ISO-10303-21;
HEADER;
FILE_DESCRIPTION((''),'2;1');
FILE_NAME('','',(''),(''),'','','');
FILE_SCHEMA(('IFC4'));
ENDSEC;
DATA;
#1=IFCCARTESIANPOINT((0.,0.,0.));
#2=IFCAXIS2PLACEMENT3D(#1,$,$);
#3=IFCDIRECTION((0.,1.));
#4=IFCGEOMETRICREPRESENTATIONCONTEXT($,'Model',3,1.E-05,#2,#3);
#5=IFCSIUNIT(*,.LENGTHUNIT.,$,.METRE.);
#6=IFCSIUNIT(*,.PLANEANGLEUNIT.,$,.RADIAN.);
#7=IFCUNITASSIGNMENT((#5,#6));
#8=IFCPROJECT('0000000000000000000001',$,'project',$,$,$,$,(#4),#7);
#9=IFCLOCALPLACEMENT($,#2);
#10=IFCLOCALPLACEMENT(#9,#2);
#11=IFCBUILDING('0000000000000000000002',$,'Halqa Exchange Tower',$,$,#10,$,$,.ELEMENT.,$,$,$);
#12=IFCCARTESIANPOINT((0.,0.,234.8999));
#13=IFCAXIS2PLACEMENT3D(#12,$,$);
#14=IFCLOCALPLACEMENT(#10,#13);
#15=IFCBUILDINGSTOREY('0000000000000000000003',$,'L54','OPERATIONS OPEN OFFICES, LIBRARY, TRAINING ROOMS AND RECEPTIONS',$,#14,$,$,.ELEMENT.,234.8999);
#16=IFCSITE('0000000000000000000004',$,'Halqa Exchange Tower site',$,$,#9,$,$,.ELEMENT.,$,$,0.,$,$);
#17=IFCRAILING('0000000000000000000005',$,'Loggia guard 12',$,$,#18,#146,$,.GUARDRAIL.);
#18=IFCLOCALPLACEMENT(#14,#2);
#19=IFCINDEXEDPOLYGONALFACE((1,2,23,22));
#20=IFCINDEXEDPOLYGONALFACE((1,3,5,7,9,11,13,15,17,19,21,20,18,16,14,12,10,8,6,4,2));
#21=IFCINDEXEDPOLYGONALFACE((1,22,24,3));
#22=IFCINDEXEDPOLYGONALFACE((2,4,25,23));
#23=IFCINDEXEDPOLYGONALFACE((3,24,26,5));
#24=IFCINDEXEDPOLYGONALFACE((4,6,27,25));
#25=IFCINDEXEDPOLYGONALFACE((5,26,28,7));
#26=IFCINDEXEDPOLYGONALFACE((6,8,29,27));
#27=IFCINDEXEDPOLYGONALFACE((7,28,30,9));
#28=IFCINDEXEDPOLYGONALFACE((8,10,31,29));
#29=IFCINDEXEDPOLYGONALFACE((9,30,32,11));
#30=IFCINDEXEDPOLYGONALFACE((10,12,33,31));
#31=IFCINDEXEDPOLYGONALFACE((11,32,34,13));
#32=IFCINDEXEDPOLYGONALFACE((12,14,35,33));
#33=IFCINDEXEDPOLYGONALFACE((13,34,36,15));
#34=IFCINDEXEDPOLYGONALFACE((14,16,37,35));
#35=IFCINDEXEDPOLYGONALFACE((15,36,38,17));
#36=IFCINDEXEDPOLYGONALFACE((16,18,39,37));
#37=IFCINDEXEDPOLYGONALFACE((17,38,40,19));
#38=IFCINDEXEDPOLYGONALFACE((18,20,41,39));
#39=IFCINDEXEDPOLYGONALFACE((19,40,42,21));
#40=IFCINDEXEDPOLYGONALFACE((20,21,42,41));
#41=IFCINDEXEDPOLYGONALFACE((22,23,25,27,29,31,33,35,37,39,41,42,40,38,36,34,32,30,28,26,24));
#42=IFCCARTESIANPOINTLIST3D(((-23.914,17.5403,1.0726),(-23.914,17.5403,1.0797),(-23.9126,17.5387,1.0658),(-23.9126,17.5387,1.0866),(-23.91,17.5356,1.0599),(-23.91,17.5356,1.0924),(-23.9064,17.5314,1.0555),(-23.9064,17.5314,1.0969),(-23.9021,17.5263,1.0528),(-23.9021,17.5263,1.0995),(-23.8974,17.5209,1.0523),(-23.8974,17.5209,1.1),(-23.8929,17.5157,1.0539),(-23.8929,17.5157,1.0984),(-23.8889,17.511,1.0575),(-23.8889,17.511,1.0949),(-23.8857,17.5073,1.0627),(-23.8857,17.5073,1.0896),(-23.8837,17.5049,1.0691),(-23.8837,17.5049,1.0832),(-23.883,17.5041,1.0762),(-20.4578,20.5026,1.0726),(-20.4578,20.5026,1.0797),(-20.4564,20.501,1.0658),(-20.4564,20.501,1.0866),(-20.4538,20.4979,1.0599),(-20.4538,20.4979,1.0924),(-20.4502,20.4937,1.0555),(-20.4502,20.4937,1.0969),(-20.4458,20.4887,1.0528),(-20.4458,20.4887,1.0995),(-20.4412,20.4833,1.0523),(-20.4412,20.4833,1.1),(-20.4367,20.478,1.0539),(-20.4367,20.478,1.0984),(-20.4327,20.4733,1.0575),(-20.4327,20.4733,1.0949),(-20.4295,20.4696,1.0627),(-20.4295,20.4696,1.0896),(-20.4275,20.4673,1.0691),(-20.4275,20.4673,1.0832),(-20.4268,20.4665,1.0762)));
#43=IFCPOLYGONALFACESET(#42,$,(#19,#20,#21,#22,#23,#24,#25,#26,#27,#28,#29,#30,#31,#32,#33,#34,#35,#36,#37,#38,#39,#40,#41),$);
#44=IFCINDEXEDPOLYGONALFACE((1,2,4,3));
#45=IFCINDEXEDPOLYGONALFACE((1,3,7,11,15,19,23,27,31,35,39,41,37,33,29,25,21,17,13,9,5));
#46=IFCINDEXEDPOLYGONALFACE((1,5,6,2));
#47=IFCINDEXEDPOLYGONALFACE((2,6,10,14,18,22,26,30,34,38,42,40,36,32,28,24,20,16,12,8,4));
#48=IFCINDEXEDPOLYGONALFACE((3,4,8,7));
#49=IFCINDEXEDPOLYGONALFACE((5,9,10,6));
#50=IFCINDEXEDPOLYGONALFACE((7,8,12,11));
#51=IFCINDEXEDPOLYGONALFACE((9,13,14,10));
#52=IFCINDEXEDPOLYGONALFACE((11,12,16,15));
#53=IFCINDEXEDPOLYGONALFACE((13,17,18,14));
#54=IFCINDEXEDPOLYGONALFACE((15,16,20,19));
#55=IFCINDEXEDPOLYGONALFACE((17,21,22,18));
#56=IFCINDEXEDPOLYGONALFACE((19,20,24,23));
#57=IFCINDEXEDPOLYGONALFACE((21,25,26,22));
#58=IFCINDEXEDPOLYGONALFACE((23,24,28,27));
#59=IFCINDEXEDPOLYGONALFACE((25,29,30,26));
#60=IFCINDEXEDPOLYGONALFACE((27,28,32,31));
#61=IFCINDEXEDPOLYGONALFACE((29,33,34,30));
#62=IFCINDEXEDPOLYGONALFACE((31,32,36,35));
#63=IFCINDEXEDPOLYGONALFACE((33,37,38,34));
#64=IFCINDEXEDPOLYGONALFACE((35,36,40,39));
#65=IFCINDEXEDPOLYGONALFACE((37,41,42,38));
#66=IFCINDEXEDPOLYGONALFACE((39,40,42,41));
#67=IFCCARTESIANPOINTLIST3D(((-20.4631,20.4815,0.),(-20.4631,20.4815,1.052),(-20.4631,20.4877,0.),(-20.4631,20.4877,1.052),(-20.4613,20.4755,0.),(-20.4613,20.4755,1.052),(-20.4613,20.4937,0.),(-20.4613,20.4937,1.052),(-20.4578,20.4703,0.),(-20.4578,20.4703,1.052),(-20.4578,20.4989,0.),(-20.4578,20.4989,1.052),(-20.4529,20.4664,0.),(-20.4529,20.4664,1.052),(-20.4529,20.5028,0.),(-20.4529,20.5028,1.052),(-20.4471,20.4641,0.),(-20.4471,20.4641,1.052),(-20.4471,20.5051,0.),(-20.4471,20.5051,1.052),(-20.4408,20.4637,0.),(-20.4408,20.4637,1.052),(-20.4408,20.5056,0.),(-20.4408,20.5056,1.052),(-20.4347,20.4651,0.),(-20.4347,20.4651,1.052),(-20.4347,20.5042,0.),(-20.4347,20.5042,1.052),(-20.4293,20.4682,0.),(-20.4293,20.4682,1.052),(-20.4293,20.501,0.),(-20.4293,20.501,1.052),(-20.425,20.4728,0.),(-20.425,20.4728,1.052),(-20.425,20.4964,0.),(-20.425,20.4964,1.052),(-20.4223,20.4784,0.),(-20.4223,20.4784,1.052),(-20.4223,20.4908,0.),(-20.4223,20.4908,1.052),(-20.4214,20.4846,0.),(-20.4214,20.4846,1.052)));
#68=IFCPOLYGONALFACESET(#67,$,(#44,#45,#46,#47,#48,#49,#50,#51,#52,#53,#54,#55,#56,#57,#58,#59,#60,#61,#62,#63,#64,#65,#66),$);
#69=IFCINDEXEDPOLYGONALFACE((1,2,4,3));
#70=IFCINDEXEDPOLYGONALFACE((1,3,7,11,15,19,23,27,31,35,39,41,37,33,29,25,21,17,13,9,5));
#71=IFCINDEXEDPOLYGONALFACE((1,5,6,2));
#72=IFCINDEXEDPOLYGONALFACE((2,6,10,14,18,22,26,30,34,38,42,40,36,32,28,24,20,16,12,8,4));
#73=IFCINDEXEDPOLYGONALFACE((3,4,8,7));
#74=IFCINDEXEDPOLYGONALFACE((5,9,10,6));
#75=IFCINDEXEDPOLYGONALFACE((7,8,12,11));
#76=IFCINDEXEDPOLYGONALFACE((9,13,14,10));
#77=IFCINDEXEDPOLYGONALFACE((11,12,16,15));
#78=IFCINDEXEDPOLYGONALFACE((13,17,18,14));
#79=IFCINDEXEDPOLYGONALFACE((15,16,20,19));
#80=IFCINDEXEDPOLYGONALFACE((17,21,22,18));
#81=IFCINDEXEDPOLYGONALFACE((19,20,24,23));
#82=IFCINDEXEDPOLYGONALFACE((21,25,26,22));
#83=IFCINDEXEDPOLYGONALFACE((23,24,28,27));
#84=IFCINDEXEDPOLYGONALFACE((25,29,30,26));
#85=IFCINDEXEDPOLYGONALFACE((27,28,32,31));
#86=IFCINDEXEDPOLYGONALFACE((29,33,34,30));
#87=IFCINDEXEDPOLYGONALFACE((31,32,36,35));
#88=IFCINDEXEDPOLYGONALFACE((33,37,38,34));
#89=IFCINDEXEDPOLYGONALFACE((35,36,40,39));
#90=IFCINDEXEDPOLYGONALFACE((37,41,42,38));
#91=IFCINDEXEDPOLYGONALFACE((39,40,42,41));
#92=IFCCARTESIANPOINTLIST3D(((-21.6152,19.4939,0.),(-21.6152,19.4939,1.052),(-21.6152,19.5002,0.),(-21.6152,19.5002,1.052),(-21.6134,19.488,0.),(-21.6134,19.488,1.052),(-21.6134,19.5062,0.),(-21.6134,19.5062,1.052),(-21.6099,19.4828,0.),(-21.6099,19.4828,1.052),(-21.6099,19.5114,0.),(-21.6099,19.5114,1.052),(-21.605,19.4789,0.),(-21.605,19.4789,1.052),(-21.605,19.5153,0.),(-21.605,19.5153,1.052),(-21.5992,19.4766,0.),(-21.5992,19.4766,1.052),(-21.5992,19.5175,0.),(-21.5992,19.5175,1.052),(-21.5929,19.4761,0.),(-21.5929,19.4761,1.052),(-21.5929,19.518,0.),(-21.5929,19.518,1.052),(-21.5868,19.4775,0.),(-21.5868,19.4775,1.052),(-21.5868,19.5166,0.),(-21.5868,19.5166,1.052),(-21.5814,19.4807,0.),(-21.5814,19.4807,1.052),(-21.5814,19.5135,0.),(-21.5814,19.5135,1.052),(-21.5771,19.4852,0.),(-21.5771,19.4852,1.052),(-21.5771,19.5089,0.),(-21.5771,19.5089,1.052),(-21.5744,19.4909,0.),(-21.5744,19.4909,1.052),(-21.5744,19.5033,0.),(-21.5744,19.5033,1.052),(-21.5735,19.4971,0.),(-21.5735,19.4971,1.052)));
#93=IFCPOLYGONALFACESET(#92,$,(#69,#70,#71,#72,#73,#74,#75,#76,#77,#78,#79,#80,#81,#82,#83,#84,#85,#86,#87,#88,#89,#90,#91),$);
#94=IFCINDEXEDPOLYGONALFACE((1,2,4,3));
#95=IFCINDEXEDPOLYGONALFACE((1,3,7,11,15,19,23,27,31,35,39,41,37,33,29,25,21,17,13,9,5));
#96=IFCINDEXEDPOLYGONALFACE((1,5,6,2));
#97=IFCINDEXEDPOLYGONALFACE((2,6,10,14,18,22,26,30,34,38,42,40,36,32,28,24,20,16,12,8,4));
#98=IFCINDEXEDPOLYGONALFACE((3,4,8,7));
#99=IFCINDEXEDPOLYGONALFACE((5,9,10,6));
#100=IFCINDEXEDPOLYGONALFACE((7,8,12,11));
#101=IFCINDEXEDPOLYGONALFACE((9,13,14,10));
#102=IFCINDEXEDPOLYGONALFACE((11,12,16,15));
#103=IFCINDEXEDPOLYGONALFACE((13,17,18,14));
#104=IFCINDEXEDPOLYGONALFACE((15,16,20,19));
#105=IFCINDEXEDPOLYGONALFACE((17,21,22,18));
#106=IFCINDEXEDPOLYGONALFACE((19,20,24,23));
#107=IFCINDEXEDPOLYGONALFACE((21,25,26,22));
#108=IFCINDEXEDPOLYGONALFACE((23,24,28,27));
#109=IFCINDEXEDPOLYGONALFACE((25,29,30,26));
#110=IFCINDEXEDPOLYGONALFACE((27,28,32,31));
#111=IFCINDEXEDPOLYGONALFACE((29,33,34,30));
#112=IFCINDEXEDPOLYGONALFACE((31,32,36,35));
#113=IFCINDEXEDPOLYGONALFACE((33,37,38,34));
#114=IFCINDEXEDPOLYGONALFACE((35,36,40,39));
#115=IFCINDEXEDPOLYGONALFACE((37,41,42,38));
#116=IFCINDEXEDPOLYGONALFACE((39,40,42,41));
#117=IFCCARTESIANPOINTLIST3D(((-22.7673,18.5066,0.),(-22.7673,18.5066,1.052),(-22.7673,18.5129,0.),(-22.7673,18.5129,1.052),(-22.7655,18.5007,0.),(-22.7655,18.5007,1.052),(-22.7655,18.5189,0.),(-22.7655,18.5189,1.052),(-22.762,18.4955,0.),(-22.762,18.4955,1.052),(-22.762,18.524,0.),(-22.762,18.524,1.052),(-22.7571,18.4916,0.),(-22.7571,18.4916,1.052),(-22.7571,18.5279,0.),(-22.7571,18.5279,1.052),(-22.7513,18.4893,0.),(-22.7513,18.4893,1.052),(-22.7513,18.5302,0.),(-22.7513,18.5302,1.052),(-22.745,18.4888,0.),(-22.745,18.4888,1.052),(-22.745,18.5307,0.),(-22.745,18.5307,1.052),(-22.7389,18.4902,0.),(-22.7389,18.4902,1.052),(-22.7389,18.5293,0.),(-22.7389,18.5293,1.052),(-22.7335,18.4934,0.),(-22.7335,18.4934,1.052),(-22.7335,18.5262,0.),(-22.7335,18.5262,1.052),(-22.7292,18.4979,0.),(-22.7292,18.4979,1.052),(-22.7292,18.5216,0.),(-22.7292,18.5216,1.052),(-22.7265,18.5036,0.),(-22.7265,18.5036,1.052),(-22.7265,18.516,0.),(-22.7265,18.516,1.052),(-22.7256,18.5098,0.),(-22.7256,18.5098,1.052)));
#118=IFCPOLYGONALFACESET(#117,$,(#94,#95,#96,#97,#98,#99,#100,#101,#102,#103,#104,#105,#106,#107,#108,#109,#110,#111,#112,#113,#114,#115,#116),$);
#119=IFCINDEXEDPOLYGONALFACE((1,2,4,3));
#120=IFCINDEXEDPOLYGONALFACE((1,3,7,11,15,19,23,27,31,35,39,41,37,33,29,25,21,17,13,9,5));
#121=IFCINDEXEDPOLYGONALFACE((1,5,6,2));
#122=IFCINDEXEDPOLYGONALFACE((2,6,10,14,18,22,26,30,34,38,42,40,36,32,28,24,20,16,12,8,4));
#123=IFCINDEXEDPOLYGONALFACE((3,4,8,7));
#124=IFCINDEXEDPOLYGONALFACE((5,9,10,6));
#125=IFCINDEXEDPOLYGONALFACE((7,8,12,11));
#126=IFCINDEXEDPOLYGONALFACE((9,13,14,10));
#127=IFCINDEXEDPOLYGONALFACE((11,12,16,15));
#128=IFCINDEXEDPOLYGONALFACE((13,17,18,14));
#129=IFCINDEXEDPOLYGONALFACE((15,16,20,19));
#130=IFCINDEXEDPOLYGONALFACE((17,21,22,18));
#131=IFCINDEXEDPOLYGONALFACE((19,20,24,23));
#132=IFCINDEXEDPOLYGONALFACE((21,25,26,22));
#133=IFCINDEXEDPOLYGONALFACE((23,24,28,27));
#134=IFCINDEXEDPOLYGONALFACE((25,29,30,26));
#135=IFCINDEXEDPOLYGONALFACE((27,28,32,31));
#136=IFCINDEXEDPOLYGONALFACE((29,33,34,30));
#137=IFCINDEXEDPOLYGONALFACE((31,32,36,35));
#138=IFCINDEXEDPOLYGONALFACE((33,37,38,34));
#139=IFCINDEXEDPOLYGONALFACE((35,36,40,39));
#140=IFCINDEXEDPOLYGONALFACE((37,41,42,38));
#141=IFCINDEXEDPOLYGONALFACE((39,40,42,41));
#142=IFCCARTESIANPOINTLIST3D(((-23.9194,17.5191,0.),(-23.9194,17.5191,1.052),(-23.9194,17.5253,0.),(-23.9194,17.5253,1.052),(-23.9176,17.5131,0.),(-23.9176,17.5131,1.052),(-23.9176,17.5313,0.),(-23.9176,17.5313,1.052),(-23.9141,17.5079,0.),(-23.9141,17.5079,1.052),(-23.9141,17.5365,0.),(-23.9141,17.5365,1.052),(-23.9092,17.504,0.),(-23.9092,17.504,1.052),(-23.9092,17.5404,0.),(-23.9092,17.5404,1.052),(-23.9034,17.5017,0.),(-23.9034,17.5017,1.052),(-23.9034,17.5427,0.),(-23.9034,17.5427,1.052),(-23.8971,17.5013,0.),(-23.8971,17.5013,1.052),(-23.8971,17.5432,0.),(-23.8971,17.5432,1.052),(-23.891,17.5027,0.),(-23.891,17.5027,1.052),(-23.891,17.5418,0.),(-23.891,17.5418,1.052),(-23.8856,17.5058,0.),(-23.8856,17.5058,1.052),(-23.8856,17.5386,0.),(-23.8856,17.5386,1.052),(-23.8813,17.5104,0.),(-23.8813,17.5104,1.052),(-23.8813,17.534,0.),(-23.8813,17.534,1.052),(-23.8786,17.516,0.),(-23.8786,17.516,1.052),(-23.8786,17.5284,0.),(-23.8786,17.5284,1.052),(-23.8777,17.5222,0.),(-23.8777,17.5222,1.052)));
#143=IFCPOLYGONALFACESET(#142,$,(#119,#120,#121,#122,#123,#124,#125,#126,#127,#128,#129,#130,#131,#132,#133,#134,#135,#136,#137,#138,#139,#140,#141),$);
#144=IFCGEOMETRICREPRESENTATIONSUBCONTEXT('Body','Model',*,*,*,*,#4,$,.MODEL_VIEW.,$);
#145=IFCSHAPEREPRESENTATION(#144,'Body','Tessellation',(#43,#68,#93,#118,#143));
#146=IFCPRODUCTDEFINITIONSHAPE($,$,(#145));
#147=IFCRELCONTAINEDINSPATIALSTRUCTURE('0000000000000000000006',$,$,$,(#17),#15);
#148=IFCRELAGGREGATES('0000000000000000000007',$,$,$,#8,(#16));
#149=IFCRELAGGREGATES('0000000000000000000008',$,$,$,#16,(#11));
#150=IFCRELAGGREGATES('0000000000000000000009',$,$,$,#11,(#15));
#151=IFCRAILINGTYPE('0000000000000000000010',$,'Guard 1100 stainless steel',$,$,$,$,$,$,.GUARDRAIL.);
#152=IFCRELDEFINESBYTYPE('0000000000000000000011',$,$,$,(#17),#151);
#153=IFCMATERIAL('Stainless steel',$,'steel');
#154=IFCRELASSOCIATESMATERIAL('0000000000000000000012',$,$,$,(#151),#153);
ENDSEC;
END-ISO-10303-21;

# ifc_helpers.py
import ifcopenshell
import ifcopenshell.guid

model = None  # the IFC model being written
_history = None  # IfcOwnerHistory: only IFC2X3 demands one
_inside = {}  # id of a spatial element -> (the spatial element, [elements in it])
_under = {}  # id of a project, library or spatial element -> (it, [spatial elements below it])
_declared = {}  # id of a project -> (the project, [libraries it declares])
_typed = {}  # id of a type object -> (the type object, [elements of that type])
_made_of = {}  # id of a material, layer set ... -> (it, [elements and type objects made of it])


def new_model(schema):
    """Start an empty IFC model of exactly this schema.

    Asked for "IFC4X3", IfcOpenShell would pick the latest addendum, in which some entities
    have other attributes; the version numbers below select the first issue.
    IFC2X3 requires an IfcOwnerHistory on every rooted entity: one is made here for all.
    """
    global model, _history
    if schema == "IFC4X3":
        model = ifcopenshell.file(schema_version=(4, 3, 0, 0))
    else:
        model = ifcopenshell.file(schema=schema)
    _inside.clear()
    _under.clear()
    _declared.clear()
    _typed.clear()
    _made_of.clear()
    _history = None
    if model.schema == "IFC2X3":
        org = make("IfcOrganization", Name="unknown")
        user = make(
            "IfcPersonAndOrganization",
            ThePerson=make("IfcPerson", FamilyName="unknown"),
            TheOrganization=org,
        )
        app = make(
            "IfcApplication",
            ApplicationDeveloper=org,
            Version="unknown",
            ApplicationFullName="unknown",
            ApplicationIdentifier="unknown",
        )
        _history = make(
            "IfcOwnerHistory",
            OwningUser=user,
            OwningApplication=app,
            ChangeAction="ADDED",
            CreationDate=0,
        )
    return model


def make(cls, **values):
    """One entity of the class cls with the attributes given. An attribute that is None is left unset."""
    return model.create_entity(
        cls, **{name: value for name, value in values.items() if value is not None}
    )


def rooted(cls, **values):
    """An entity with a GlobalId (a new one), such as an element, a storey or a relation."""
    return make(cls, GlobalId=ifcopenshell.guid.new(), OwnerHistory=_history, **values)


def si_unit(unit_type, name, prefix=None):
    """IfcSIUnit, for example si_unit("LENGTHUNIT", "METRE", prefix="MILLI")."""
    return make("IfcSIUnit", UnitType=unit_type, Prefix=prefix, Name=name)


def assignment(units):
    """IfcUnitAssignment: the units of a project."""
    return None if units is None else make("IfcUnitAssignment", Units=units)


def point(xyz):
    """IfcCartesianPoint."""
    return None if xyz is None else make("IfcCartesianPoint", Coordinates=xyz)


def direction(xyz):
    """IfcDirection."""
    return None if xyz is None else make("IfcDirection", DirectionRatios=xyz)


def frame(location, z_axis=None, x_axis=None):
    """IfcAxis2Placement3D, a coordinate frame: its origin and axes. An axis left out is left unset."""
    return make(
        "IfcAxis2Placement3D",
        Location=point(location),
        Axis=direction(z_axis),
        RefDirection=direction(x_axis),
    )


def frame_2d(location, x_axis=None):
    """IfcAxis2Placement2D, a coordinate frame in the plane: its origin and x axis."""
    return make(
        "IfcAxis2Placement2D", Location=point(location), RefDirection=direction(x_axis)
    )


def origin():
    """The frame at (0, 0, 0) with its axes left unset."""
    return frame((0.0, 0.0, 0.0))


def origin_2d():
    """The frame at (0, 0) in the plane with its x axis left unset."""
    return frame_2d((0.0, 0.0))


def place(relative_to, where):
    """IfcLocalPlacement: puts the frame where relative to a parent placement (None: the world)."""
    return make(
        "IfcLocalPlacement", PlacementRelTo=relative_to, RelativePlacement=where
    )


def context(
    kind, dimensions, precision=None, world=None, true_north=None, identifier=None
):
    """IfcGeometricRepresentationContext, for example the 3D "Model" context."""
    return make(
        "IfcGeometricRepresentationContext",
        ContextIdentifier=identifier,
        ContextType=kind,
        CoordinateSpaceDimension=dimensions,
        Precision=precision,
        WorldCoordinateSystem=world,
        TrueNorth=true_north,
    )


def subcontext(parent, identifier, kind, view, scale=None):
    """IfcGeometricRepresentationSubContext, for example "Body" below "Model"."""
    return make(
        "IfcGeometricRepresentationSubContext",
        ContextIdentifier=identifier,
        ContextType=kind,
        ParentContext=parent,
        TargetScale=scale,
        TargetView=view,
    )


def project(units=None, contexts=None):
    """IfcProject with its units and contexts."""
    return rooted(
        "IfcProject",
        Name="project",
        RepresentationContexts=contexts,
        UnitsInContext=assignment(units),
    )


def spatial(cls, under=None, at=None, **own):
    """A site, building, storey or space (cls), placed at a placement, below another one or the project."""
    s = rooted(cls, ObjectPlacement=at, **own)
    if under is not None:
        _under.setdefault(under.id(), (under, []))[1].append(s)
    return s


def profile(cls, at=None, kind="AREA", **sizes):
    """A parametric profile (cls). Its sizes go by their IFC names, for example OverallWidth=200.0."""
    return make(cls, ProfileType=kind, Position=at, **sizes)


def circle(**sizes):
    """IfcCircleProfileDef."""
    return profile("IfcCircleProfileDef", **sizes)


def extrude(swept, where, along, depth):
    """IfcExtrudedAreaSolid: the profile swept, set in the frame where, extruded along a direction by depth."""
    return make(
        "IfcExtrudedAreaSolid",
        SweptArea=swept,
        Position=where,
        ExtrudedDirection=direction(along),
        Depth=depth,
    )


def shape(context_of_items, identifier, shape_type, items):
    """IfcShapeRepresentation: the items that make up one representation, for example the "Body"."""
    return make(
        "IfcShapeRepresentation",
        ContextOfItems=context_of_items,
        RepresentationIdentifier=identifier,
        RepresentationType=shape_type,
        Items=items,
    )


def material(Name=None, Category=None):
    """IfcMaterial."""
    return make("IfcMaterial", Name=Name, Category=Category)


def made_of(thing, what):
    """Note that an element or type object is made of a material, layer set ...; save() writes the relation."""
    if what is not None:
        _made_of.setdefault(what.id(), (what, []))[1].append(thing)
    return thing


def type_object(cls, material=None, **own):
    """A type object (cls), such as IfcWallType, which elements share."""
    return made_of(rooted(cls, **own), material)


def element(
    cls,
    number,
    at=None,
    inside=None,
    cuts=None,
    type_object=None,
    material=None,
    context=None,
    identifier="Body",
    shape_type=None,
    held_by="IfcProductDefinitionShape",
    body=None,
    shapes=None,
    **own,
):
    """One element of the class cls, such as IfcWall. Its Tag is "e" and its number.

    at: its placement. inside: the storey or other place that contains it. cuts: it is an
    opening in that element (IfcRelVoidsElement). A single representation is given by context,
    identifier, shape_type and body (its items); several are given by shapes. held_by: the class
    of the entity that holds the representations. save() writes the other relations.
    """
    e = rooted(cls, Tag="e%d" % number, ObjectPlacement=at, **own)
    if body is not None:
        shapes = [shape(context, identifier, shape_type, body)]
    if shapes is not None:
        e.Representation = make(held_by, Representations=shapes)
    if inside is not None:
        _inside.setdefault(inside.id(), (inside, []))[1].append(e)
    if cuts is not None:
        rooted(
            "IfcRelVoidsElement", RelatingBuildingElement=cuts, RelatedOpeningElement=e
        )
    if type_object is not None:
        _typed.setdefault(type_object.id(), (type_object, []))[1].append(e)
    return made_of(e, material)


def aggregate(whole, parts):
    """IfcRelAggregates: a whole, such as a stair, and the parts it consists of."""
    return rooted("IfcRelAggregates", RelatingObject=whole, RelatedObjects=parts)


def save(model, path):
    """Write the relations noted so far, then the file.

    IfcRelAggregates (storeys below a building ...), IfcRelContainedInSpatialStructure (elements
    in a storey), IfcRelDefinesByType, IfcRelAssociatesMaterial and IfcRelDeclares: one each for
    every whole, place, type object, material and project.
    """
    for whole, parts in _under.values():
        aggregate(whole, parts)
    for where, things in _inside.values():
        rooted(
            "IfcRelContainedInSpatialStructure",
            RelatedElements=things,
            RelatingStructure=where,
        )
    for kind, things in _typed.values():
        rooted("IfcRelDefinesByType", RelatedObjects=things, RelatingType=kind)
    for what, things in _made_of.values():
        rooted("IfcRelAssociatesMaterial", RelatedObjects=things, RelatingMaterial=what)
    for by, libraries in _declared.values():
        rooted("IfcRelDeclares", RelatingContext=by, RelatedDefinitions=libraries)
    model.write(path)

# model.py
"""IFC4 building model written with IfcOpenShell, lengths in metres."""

from ifc_helpers import new_model, si_unit, direction, frame, origin, origin_2d, place, context, subcontext, project, spatial, circle, extrude, material, type_object, element, save


model = new_model("IFC4")

# Units and contexts
model_context = context("Model", 3, precision=1e-05, world=origin(), true_north=direction((0.0, 1.0)))
body_context = subcontext(model_context, "Body", "Model", "MODEL_VIEW")
ifc_project = project(units=[si_unit("LENGTHUNIT", "METRE"), si_unit("PLANEANGLEUNIT", "RADIAN")], contexts=[model_context])

# Site, building, storey
site_placement = place(None, origin())
site = spatial("IfcSite", under=ifc_project, at=site_placement, Name="Halqa Exchange Tower site", CompositionType="ELEMENT", RefElevation=0.0)
building_placement = place(site_placement, origin())
building = spatial("IfcBuilding", under=site, at=building_placement, Name="Halqa Exchange Tower", CompositionType="ELEMENT")
storey_placement = place(building_placement, frame((0.0, 0.0, 234.8999)))
storey = spatial("IfcBuildingStorey", under=building, at=storey_placement, Name="L54", Description="OPERATIONS OPEN OFFICES, LIBRARY, TRAINING ROOMS AND RECEPTIONS", CompositionType="ELEMENT", Elevation=234.8999)

# Railing
ifc_material_1 = material(Name="Stainless steel", Category="steel")
railing_type = type_object("IfcRailingType", Name="Guard 1100 stainless steel", PredefinedType="GUARDRAIL", material=ifc_material_1)
railing_1_placement = place(storey_placement, frame((-20.4424, 20.4846, 0.0)))
element("IfcRailing", 1, at=railing_1_placement, inside=storey, type_object=railing_type, Name="Loggia guard 12", PredefinedType="GUARDRAIL", context=body_context, shape_type="SweptSolid", body=[
    extrude(circle(Radius=0.0239, at=origin_2d()), frame((0.0, 0.0, 1.0762), z_axis=(-0.759272, -0.650774, 0.0), x_axis=(0.650774, -0.759272, 0.0)), (0.0, 0.0, 1.0), 4.552),
    extrude(circle(Radius=0.021, at=origin_2d()), origin(), (0.0, 0.0, 1.0), 1.052),
    extrude(circle(Radius=0.021, at=origin_2d()), frame((-1.1521, -0.9875, 0.0)), (0.0, 0.0, 1.0), 1.052),
    extrude(circle(Radius=0.021, at=origin_2d()), frame((-2.3042, -1.9749, 0.0)), (0.0, 0.0, 1.0), 1.052),
    extrude(circle(Radius=0.021, at=origin_2d()), frame((-3.4563, -2.9624, 0.0)), (0.0, 0.0, 1.0), 1.052),
])

save(model, "model.ifc")
